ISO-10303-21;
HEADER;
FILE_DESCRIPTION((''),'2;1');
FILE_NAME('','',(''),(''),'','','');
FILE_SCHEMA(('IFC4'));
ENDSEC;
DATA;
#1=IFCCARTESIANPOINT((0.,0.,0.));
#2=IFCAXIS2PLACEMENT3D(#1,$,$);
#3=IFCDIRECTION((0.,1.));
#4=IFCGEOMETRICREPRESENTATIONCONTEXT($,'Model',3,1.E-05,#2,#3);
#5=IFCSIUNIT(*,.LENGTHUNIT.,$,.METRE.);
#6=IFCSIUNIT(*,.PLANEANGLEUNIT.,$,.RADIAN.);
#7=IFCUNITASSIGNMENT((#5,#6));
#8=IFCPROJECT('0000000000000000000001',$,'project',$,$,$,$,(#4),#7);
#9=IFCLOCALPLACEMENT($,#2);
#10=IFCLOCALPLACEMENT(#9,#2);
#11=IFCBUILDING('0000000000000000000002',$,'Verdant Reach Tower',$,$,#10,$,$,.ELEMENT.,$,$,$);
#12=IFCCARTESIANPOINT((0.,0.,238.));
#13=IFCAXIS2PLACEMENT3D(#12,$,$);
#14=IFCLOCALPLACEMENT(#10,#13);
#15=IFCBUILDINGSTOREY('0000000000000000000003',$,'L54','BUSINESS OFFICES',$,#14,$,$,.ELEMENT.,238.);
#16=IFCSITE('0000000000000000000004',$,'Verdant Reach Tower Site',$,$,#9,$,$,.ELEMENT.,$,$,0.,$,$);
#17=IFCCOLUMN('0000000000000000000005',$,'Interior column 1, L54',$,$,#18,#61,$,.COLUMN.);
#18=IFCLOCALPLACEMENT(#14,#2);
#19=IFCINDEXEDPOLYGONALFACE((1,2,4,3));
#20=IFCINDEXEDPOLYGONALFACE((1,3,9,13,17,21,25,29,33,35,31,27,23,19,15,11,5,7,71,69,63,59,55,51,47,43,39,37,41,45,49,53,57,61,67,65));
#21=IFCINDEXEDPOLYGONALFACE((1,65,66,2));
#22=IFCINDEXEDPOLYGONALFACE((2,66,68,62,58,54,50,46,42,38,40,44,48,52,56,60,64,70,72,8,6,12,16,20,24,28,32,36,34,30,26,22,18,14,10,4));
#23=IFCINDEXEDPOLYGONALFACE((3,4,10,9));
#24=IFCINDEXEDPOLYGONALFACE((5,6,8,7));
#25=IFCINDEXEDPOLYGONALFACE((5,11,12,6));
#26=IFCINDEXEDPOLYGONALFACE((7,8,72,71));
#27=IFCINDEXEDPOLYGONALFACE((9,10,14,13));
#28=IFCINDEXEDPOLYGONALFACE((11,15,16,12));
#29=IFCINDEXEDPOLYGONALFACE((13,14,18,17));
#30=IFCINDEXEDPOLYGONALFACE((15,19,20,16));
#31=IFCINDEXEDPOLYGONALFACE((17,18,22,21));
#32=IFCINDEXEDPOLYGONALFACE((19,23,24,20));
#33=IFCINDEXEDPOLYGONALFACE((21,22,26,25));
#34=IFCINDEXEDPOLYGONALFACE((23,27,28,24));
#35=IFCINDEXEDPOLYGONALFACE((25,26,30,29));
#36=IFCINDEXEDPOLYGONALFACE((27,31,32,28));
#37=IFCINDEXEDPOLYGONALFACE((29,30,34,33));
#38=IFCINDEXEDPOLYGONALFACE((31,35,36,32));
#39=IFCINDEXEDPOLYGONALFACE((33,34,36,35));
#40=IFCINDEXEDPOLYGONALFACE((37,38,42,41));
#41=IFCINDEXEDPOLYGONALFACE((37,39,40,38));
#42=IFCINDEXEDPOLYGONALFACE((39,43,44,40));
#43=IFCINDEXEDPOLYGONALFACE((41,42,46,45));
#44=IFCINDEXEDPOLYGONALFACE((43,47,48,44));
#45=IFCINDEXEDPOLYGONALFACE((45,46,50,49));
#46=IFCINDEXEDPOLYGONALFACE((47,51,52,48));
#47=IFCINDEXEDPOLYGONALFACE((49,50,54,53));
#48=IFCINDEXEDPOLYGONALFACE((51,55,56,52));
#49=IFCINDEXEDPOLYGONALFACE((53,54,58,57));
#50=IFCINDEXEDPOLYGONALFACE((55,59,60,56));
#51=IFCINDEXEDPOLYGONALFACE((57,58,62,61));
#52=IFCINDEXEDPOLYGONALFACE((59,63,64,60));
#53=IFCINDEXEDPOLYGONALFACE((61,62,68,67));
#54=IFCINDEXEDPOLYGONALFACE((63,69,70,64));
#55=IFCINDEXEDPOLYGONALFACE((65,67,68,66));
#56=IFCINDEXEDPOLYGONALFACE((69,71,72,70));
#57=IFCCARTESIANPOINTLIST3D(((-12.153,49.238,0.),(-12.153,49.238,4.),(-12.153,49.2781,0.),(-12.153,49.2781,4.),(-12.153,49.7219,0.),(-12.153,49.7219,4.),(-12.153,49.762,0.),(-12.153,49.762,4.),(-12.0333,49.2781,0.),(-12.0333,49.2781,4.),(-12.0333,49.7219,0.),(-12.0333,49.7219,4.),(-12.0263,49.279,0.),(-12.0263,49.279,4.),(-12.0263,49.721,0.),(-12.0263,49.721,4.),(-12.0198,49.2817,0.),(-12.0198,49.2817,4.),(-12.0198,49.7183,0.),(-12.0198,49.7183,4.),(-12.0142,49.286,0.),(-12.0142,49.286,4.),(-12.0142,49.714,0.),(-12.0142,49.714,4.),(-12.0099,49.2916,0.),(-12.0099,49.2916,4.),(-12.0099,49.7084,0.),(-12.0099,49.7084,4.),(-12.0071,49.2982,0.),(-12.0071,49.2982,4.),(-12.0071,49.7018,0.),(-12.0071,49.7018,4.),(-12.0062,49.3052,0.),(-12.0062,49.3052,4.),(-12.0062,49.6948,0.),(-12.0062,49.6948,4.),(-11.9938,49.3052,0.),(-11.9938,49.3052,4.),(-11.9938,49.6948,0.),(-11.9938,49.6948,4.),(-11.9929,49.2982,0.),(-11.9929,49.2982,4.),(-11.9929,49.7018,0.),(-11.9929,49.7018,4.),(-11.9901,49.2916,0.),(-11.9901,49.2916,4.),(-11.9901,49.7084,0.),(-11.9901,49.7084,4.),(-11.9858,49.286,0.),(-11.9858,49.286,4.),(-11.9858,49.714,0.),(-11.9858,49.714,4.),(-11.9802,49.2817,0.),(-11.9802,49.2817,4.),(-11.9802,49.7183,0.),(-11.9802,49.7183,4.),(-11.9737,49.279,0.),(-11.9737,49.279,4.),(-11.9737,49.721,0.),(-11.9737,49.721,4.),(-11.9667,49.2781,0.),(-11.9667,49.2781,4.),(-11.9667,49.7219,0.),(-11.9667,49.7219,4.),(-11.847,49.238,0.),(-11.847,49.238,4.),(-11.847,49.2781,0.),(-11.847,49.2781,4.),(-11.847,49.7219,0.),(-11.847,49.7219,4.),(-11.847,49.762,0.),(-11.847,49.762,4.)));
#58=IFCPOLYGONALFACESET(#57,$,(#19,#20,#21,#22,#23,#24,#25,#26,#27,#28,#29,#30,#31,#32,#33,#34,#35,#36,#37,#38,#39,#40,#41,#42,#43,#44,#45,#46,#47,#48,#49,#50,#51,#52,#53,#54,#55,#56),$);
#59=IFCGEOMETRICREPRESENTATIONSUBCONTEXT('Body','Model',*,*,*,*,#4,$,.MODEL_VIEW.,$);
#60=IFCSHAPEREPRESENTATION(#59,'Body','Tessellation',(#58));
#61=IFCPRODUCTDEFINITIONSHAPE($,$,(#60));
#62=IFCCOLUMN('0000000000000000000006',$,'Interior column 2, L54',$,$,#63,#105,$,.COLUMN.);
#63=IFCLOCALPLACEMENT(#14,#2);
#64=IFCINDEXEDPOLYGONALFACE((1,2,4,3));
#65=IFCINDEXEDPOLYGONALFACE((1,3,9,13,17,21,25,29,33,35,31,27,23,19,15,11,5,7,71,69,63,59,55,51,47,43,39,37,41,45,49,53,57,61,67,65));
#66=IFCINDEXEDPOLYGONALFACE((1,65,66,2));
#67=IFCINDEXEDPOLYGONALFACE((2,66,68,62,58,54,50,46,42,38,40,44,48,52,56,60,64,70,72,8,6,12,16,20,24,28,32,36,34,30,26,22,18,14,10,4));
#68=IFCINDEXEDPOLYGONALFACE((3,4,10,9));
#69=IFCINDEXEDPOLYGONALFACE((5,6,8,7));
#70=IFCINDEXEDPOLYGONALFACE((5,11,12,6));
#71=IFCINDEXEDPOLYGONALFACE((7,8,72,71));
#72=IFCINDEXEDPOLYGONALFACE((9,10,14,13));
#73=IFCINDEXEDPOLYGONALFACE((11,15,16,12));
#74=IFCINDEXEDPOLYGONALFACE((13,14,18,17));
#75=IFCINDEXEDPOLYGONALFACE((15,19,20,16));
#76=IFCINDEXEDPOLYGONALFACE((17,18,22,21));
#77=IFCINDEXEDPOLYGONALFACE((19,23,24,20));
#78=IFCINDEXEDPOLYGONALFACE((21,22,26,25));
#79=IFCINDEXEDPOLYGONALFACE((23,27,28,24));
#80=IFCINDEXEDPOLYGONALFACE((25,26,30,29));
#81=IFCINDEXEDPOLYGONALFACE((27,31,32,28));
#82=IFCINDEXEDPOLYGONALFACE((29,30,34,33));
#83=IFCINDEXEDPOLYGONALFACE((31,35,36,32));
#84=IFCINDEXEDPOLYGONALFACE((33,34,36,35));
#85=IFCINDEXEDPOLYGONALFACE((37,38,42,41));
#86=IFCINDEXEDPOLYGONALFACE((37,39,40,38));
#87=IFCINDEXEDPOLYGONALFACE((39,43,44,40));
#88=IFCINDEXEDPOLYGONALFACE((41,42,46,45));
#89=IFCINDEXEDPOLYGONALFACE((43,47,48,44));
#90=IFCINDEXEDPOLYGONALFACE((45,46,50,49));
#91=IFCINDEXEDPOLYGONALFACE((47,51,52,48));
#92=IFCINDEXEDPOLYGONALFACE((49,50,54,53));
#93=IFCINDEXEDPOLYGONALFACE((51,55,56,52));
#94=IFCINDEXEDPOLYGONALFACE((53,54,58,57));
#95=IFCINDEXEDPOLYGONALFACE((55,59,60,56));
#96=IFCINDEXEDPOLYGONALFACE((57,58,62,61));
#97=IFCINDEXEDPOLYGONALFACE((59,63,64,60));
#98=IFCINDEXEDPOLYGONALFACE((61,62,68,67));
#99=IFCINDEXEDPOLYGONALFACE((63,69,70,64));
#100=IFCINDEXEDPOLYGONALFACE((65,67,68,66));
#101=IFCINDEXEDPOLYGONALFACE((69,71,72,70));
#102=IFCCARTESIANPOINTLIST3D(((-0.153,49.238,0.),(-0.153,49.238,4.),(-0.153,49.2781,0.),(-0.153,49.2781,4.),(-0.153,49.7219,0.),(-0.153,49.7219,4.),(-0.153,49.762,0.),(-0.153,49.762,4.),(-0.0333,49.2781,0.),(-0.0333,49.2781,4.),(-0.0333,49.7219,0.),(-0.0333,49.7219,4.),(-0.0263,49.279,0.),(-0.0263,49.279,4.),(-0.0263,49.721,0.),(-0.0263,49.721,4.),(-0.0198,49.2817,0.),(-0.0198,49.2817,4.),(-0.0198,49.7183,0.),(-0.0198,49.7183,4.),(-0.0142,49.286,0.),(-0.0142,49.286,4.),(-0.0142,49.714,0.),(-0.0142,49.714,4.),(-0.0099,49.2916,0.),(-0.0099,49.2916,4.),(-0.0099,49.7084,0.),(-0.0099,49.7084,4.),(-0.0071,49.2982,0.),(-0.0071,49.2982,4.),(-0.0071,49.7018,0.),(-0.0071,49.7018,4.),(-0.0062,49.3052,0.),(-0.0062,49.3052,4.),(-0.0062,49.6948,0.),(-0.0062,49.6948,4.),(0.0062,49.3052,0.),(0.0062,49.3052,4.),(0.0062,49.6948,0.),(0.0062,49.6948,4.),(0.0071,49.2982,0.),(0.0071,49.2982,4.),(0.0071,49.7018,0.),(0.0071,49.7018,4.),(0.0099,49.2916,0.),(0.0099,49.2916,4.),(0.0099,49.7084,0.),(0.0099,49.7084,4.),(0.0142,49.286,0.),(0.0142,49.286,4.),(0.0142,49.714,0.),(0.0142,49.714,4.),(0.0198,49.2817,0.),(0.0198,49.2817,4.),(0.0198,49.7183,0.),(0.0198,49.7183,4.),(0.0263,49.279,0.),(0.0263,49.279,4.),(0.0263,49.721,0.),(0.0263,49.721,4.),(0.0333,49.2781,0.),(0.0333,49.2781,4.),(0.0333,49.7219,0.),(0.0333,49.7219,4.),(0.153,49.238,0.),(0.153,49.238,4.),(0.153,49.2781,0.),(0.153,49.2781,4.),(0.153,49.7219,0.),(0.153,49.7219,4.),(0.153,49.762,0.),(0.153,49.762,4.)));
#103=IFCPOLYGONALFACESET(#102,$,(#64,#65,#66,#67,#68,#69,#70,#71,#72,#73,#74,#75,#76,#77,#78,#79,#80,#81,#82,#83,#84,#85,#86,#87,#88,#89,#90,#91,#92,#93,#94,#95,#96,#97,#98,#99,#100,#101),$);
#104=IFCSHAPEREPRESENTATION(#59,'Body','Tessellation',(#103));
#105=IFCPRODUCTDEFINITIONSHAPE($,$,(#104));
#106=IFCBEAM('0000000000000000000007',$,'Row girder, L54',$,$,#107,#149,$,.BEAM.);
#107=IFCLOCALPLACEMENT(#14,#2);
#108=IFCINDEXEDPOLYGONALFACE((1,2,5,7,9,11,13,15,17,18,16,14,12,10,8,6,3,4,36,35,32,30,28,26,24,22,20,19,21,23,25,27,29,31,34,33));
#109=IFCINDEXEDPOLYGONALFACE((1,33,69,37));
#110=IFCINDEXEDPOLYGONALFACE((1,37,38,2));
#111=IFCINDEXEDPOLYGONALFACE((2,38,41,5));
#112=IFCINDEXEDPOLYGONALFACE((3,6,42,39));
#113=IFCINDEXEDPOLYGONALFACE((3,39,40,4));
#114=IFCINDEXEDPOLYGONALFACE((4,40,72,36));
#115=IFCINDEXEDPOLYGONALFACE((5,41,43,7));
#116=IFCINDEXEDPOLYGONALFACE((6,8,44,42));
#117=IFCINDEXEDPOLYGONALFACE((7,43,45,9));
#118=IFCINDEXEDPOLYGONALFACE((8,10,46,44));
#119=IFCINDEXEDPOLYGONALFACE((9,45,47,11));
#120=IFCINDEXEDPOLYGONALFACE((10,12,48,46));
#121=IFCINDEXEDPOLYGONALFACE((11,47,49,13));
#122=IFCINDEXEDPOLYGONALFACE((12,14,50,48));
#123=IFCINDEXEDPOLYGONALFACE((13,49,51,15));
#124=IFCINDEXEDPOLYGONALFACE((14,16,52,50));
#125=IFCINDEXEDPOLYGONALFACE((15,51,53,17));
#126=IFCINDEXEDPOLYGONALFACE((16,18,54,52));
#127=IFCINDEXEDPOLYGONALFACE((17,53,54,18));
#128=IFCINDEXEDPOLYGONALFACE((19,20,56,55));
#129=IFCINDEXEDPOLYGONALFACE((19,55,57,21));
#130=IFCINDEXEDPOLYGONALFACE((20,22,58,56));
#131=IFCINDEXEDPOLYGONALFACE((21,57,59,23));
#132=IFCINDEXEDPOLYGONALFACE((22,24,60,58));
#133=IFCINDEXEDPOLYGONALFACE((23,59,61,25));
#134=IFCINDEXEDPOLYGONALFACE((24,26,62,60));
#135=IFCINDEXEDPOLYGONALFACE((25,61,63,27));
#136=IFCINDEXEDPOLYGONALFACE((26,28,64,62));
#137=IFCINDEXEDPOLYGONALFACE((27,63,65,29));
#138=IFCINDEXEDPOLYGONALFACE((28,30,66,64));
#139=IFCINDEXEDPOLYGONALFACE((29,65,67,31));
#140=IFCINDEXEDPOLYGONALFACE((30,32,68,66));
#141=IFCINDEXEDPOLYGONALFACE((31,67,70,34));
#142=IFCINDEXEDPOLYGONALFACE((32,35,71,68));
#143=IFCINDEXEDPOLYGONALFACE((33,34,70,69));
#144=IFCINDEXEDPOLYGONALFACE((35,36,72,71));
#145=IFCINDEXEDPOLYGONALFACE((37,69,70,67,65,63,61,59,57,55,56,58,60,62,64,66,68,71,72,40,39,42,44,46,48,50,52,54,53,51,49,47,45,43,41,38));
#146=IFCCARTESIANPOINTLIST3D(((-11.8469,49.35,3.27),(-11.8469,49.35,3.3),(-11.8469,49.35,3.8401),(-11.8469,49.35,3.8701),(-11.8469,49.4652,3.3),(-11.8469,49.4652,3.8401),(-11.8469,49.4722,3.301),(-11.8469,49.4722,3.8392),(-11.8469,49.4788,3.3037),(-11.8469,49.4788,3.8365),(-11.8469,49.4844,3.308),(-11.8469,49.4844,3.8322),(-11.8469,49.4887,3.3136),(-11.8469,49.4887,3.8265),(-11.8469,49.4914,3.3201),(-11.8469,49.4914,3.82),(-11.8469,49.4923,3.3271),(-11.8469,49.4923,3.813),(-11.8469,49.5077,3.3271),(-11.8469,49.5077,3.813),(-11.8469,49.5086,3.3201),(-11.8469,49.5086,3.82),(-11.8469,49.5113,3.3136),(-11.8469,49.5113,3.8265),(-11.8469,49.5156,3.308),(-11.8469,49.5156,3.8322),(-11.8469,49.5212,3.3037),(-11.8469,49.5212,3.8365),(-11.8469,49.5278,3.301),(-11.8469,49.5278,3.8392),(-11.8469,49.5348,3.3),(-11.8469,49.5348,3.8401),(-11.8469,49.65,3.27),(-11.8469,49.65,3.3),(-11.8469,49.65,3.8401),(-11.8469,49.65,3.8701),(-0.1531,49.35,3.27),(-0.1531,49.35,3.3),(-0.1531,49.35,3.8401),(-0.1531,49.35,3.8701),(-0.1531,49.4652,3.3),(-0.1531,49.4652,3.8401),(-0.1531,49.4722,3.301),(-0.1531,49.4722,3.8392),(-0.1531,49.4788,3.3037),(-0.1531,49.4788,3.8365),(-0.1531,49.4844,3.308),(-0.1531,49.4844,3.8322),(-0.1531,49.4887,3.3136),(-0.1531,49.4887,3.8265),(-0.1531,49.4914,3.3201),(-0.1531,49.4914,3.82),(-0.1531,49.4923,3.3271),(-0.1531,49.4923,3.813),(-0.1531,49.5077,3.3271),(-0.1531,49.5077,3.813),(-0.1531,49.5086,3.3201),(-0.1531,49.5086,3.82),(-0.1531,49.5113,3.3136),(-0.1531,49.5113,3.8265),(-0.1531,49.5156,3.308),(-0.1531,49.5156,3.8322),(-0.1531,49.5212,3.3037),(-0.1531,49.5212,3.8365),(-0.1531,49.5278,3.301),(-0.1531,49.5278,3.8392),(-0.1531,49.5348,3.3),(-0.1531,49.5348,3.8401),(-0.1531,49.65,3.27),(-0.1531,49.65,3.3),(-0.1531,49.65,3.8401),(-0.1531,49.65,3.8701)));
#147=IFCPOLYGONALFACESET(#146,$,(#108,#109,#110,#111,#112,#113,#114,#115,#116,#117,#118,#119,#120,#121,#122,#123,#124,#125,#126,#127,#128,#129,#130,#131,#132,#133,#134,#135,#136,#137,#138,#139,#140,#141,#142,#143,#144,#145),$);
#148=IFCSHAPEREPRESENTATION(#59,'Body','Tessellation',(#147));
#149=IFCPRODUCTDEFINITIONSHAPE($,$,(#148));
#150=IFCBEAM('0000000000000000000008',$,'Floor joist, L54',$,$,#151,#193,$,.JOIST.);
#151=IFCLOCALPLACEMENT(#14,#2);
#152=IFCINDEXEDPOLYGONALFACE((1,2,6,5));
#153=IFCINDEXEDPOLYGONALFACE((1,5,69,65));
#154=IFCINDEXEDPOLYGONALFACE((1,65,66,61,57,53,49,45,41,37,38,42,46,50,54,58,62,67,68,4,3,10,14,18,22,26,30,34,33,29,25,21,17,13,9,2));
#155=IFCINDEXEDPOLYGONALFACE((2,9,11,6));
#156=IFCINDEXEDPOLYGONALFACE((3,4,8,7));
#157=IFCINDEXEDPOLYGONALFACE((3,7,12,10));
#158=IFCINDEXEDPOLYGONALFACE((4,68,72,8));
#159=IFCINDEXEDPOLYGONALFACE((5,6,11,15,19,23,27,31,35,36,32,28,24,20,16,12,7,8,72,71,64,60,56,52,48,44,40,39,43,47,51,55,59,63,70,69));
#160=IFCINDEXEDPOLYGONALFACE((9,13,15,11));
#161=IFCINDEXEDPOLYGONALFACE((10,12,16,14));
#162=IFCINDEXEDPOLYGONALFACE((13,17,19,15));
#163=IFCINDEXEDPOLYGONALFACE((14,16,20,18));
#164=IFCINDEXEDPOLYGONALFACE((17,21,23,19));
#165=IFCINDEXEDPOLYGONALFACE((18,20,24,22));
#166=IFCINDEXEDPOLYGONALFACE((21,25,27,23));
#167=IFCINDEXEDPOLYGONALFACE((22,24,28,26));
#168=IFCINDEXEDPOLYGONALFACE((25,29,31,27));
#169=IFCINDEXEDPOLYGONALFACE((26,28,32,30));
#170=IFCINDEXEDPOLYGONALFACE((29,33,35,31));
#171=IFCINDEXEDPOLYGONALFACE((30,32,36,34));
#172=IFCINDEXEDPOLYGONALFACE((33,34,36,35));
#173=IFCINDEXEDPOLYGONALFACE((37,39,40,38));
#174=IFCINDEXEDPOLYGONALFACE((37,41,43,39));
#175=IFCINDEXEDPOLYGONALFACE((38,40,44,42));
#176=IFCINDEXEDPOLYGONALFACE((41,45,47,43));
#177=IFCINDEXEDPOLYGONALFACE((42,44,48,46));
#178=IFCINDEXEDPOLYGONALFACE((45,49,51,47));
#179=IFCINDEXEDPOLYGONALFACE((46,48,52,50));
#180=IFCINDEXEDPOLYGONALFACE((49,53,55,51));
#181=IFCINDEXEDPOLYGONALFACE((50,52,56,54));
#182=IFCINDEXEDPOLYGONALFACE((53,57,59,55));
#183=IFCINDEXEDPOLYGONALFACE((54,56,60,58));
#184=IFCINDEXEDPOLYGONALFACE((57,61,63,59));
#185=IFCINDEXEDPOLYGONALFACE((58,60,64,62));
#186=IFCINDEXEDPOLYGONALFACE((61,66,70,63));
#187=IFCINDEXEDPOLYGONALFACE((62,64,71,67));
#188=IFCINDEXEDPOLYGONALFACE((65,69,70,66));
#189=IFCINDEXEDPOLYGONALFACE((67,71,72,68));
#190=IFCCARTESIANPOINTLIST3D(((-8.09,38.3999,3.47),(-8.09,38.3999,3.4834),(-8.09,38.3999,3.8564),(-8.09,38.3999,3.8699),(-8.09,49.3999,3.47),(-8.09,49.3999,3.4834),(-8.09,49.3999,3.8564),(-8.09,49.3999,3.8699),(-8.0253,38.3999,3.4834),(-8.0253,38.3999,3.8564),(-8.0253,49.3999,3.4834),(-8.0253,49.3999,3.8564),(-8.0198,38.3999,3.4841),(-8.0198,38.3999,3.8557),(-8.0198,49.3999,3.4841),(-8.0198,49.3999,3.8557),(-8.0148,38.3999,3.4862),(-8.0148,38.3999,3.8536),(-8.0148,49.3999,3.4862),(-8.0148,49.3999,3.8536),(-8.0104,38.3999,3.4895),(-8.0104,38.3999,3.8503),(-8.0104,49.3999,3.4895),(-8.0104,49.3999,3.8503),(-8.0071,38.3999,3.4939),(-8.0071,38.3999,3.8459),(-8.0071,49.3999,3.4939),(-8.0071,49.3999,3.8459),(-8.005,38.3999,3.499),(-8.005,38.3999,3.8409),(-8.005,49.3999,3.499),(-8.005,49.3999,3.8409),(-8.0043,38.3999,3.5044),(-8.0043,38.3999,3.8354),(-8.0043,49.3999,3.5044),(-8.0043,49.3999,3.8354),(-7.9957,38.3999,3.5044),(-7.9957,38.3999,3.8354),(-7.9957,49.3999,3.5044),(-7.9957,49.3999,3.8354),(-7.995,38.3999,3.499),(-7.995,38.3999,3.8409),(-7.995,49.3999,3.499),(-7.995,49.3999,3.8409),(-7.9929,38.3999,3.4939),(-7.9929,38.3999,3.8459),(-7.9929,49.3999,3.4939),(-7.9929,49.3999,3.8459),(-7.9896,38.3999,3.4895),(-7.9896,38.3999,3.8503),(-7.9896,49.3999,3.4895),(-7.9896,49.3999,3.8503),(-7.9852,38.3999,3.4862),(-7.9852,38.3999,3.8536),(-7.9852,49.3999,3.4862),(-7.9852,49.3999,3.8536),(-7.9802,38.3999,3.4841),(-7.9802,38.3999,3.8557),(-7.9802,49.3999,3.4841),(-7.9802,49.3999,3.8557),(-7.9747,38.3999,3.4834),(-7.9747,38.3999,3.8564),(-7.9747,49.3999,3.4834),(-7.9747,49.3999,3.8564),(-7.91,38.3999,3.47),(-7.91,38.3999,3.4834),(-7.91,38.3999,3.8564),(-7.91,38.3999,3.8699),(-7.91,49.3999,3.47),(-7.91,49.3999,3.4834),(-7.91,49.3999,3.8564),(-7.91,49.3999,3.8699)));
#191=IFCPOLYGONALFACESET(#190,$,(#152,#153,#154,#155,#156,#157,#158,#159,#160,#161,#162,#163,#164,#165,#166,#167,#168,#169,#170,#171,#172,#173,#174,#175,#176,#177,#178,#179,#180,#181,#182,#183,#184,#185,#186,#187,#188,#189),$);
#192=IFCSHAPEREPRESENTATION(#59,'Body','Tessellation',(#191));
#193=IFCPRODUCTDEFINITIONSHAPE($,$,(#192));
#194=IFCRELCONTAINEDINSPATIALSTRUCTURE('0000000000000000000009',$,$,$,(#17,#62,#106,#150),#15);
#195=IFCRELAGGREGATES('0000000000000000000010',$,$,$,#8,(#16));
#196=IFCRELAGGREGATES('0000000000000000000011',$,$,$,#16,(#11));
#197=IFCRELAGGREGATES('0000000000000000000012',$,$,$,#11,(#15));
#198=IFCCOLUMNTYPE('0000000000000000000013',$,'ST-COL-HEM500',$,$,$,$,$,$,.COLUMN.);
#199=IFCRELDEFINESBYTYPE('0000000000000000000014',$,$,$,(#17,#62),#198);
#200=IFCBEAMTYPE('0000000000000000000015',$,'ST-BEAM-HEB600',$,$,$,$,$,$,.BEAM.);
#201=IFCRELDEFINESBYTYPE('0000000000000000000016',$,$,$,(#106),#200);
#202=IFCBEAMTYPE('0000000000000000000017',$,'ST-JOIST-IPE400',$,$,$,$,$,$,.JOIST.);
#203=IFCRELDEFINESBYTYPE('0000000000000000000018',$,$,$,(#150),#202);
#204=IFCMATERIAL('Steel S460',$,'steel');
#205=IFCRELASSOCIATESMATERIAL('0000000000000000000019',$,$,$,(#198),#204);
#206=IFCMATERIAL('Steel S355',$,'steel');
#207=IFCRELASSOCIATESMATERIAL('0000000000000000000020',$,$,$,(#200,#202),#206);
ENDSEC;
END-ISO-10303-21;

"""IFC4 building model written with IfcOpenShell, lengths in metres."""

from ifc_helpers import new_model, si_unit, direction, frame, origin, origin_2d, place, context, subcontext, project, spatial, i_section, extrude, material, material_profile, profile_set, type_object, element, save


model = new_model("IFC4")

# Units and contexts
model_context = context("Model", 3, precision=1e-05, world=origin(), true_north=direction((0.0, 1.0)))
body_context = subcontext(model_context, "Body", "Model", "MODEL_VIEW")
ifc_project = project(units=[si_unit("LENGTHUNIT", "METRE"), si_unit("PLANEANGLEUNIT", "RADIAN")], contexts=[model_context])

# Site, building, storey
site_placement = place(None, origin())
site = spatial("IfcSite", under=ifc_project, at=site_placement, Name="Verdant Reach Tower Site", CompositionType="ELEMENT", RefElevation=0.0)
building_placement = place(site_placement, origin())
building = spatial("IfcBuilding", under=site, at=building_placement, Name="Verdant Reach Tower", CompositionType="ELEMENT")
storey_placement = place(building_placement, frame((0.0, 0.0, 238.0)))
storey = spatial("IfcBuildingStorey", under=building, at=storey_placement, Name="L54", Description="BUSINESS OFFICES", CompositionType="ELEMENT", Elevation=238.0)

# Columns
ifc_material_1 = material(Name="Steel S460", Category="steel")
ifc_material_profile_1 = material_profile(ifc_material_1, i_section(OverallWidth=0.3059, OverallDepth=0.5239, WebThickness=0.0125, FlangeThickness=0.04, FilletRadius=0.0271, at=origin_2d()), Name="HEM 500")
ifc_profile_set_1 = profile_set([ifc_material_profile_1], Name="Steel S460")
column_type = type_object("IfcColumnType", Name="ST-COL-HEM500", PredefinedType="COLUMN", material=ifc_profile_set_1)
for number, where, z_axis, x_axis, name in (
    (1, (-12.0, 49.5, 0.0), (0.0, 0.0, 1.0), (1.0, 0.0, 0.0), "Interior column 1, L54"),
    (2, (0.0, 49.5, 0.0), (0.0, 0.0, 1.0), (1.0, 0.0, 0.0), "Interior column 2, L54"),
):
    element("IfcColumn", number, at=place(storey_placement, frame(where, z_axis=z_axis, x_axis=x_axis)), inside=storey, type_object=column_type, Name=name, PredefinedType="COLUMN", context=body_context, shape_type="SweptSolid", body=[
        extrude(i_section(OverallWidth=0.3059, OverallDepth=0.5239, WebThickness=0.0125, FlangeThickness=0.04, FilletRadius=0.0271, at=origin_2d()), origin(), (0.0, 0.0, 1.0), 4.0),
    ])

# Beams
ifc_material_2 = material(Name="Steel S355", Category="steel")
ifc_material_profile_2 = material_profile(ifc_material_2, i_section(OverallWidth=0.3, OverallDepth=0.6001, WebThickness=0.0154, FlangeThickness=0.03, FilletRadius=0.0271, at=origin_2d()), Name="HEB 600")
ifc_profile_set_2 = profile_set([ifc_material_profile_2], Name="Steel S355")
beam_type_1 = type_object("IfcBeamType", Name="ST-BEAM-HEB600", PredefinedType="BEAM", material=ifc_profile_set_2)
beam_1_placement = place(storey_placement, frame((-11.8469, 49.5, 3.5701), z_axis=(1.0, 0.0, 0.0), x_axis=(0.0, 1.0, 0.0)))
element("IfcBeam", 3, at=beam_1_placement, inside=storey, type_object=beam_type_1, Name="Row girder, L54", PredefinedType="BEAM", context=body_context, shape_type="SweptSolid", body=[
    extrude(i_section(OverallWidth=0.3, OverallDepth=0.6001, WebThickness=0.0154, FlangeThickness=0.03, FilletRadius=0.0271, at=origin_2d()), origin(), (0.0, 0.0, 1.0), 11.6938),
])
ifc_material_profile_3 = material_profile(ifc_material_2, i_section(OverallWidth=0.1799, OverallDepth=0.3999, WebThickness=0.0085, FlangeThickness=0.0134, FilletRadius=0.021, at=origin_2d()), Name="IPE 400")
ifc_profile_set_3 = profile_set([ifc_material_profile_3], Name="Steel S355")
beam_type_2 = type_object("IfcBeamType", Name="ST-JOIST-IPE400", PredefinedType="JOIST", material=ifc_profile_set_3)
for number, where, z_axis, x_axis, name in (
    (4, (-8.0, 38.3999, 3.6699), (0.0, 1.0, 0.0), (-1.0, 0.0, 0.0), "Floor joist, L54"),
):
    element("IfcBeam", number, at=place(storey_placement, frame(where, z_axis=z_axis, x_axis=x_axis)), inside=storey, type_object=beam_type_2, Name=name, PredefinedType="JOIST", context=body_context, shape_type="SweptSolid", body=[
        extrude(i_section(OverallWidth=0.1799, OverallDepth=0.3999, WebThickness=0.0085, FlangeThickness=0.0134, FilletRadius=0.021, at=origin_2d()), origin(), (0.0, 0.0, 1.0), 11.0),
    ])

save(model, "model.ifc")
